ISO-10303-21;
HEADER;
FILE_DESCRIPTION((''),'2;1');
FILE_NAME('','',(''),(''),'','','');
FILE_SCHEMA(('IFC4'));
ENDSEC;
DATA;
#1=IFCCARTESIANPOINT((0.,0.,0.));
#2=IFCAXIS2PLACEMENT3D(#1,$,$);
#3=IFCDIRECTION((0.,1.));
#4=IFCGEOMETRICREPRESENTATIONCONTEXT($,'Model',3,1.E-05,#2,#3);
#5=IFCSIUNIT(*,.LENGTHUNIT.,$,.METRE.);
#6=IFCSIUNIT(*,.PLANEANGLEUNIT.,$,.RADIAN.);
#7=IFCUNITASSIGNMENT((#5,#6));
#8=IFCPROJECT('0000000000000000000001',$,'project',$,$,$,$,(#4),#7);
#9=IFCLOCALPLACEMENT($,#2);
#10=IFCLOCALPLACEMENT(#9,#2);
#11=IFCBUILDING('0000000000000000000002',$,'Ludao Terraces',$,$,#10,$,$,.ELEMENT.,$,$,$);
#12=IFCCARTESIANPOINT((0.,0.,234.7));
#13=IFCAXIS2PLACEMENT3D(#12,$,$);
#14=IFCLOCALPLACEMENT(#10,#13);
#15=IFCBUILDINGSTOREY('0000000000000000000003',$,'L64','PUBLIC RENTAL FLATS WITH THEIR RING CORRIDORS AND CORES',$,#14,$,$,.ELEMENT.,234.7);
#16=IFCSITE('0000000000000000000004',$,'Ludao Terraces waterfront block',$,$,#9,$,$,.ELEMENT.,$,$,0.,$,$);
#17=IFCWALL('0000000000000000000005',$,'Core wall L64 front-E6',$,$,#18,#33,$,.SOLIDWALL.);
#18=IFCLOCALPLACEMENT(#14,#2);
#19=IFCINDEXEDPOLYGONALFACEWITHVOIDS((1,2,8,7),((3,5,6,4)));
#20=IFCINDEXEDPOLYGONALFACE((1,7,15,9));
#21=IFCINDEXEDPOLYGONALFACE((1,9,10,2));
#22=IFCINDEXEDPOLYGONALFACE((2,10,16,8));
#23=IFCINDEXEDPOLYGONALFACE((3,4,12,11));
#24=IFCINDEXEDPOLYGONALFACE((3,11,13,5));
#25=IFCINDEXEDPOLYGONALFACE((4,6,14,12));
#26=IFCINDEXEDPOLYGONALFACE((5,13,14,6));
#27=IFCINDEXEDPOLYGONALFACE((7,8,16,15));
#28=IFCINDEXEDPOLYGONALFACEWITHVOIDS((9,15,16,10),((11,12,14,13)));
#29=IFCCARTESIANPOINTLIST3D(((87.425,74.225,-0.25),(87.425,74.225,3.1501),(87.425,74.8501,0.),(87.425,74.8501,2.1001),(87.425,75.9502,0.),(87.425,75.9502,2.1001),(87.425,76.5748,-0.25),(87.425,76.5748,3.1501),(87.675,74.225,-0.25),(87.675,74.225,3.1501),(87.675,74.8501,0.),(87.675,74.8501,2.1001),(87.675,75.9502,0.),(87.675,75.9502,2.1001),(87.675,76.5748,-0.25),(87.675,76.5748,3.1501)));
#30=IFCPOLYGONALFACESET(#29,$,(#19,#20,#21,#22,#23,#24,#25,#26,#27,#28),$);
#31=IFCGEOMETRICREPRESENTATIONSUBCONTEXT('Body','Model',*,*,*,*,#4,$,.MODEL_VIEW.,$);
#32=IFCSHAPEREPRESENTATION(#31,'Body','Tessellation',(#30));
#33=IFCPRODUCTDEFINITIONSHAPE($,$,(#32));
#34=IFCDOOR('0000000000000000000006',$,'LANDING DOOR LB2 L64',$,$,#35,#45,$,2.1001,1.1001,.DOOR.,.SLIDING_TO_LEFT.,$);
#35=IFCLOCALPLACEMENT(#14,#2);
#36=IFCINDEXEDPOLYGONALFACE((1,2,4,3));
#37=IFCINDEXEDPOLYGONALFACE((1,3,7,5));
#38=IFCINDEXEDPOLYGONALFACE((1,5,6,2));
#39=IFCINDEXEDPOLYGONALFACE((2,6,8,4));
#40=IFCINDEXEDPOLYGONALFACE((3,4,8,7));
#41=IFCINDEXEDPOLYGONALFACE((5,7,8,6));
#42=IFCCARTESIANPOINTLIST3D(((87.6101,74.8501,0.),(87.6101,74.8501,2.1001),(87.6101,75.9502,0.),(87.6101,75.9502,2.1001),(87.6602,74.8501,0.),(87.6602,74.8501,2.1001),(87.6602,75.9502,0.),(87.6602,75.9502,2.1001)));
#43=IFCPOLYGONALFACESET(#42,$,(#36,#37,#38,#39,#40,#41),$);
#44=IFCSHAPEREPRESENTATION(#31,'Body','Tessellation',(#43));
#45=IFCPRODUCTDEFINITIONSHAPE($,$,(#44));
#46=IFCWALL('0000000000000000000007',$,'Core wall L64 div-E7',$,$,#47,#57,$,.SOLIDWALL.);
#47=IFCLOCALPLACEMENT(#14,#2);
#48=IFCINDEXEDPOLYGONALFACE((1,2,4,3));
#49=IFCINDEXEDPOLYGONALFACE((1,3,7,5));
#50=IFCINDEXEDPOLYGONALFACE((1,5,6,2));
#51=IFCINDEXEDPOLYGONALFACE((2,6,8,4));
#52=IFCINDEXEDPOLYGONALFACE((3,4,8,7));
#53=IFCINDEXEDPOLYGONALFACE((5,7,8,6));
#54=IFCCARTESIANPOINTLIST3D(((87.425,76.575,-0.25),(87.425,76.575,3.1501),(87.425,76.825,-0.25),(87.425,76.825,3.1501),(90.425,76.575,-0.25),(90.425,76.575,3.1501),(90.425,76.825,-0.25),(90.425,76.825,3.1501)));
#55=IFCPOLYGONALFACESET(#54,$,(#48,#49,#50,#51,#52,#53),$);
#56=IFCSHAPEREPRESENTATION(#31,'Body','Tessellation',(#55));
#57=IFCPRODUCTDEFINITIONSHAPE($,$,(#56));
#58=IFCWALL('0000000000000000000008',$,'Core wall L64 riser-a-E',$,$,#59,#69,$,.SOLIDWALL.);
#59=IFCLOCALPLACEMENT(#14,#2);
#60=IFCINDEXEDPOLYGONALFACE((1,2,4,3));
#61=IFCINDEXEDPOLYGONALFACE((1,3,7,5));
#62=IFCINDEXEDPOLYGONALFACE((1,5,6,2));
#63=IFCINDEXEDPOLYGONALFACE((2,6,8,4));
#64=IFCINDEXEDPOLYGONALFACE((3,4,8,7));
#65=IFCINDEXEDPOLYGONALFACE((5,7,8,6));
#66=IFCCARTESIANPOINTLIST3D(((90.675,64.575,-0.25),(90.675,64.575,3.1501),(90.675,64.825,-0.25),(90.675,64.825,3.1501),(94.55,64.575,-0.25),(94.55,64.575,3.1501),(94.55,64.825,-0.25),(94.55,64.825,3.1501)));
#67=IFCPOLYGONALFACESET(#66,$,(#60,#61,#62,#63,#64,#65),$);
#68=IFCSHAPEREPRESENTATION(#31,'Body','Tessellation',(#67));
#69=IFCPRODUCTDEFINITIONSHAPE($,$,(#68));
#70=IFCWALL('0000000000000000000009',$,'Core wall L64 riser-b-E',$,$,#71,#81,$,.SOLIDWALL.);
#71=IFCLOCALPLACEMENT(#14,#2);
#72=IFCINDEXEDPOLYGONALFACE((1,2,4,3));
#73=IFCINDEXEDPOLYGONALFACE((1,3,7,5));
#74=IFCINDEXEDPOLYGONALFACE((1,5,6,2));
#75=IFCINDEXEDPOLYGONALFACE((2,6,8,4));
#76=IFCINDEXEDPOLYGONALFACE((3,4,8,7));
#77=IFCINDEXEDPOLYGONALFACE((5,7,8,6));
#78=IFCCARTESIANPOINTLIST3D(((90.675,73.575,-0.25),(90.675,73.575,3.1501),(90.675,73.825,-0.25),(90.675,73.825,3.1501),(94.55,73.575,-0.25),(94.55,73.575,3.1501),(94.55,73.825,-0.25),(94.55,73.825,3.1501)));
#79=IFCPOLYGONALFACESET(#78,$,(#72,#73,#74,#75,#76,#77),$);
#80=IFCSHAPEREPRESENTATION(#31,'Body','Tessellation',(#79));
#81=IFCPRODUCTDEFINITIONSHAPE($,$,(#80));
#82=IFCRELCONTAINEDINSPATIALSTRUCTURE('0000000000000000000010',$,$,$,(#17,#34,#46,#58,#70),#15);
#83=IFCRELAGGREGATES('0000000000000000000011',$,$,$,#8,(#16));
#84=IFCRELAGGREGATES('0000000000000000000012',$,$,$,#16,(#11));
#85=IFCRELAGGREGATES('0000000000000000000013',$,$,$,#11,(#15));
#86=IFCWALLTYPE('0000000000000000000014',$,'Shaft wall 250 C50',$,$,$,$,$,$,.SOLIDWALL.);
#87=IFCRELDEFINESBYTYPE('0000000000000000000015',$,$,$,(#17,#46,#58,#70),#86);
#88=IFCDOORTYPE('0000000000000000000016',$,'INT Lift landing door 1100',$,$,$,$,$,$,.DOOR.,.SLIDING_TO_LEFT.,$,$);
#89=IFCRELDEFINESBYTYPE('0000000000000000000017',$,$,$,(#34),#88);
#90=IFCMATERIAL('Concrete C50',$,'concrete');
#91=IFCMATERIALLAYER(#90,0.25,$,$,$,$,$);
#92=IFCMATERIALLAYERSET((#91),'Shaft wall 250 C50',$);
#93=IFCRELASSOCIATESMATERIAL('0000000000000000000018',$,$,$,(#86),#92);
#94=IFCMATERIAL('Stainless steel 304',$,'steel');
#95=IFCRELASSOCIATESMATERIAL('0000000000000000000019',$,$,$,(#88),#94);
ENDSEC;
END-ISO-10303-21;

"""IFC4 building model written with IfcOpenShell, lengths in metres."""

from ifc_helpers import new_model, si_unit, direction, frame, frame_2d, origin, place, context, subcontext, project, spatial, rectangle, extrude, material, layer, layer_set, type_object, element, fill, save


model = new_model("IFC4")

# Units and contexts
model_context = context("Model", 3, precision=1e-05, world=origin(), true_north=direction((0.0, 1.0)))
body_context = subcontext(model_context, "Body", "Model", "MODEL_VIEW")
ifc_project = project(units=[si_unit("LENGTHUNIT", "METRE"), si_unit("PLANEANGLEUNIT", "RADIAN")], contexts=[model_context])

# Site, building, storey
site_placement = place(None, origin())
site = spatial("IfcSite", under=ifc_project, at=site_placement, Name="Ludao Terraces waterfront block", CompositionType="ELEMENT", RefElevation=0.0)
building_placement = place(site_placement, origin())
building = spatial("IfcBuilding", under=site, at=building_placement, Name="Ludao Terraces", CompositionType="ELEMENT")
storey_placement = place(building_placement, frame((0.0, 0.0, 234.7)))
storey = spatial("IfcBuildingStorey", under=building, at=storey_placement, Name="L64", Description="PUBLIC RENTAL FLATS WITH THEIR RING CORRIDORS AND CORES", CompositionType="ELEMENT", Elevation=234.7)

# Shared definitions
ifc_material_1 = material(Name="Concrete C50", Category="concrete")
ifc_layer_1 = layer(ifc_material_1, 0.25)
ifc_layer_set_1 = layer_set([ifc_layer_1], Name="Shaft wall 250 C50")
wall_type_1 = type_object("IfcWallType", Name="Shaft wall 250 C50", PredefinedType="SOLIDWALL", material=ifc_layer_set_1)

# Shared definitions
ifc_material_2 = material(Name="Stainless steel 304", Category="steel")
door_type_1 = type_object("IfcDoorType", Name="INT Lift landing door 1100", OperationType="SLIDING_TO_LEFT", PredefinedType="DOOR", material=ifc_material_2)

# Wall, opening, door
wall_1_placement = place(storey_placement, frame((87.55, 74.2251, -0.25), z_axis=(0.0, 0.0, 1.0), x_axis=(0.0, 1.0, 0.0)))
wall_1 = element("IfcWall", 1, at=wall_1_placement, inside=storey, type_object=wall_type_1, Name="Core wall L64 front-E6", PredefinedType="SOLIDWALL", context=body_context, shape_type="SweptSolid", body=[
    extrude(rectangle(XDim=2.3499, YDim=0.25, at=frame_2d((1.1748, 0.0))), origin(), (0.0, 0.0, 1.0), 3.4001),
])
opening_1_placement = place(wall_1_placement, frame((0.625, 0.0, 0.25)))
opening_1 = element("IfcOpeningElement", 2, at=opening_1_placement, cuts=wall_1, PredefinedType="OPENING", context=body_context, shape_type="SweptSolid", body=[
    extrude(rectangle(XDim=1.1001, YDim=2.1001, at=frame_2d((0.55, 1.05))), frame((0.0, 0.135, 0.0), z_axis=(0.0, -1.0, 0.0), x_axis=(1.0, 0.0, 0.0)), (0.0, 0.0, 1.0), 0.27),
])
door_1_placement = place(opening_1_placement, origin())
door_1 = element("IfcDoor", 3, at=door_1_placement, inside=storey, type_object=door_type_1, Name="LANDING DOOR LB2 L64", OperationType="SLIDING_TO_LEFT", OverallHeight=2.1001, OverallWidth=1.1001, PredefinedType="DOOR", context=body_context, shape_type="SweptSolid", body=[
    extrude(rectangle(XDim=1.1001, YDim=2.1001, at=frame_2d((0.55, 1.05))), frame((0.0, -0.0601, 0.0), z_axis=(0.0, -1.0, 0.0), x_axis=(1.0, 0.0, 0.0)), (0.0, 0.0, 1.0), 0.05),
])
fill(opening_1, door_1)

# Walls
wall_2_placement = place(storey_placement, frame((87.425, 76.7, -0.25), z_axis=(0.0, 0.0, 1.0), x_axis=(1.0, 0.0, 0.0)))
element("IfcWall", 4, at=wall_2_placement, inside=storey, type_object=wall_type_1, Name="Core wall L64 div-E7", PredefinedType="SOLIDWALL", context=body_context, shape_type="SweptSolid", body=[
    extrude(rectangle(XDim=3.0, YDim=0.25, at=frame_2d((1.5, 0.0))), origin(), (0.0, 0.0, 1.0), 3.4001),
])
for number, where, z_axis, x_axis, name in (
    (5, (90.675, 64.7, -0.25), (0.0, 0.0, 1.0), (1.0, 0.0, 0.0), "Core wall L64 riser-a-E"),
    (6, (90.675, 73.7, -0.25), (0.0, 0.0, 1.0), (1.0, 0.0, 0.0), "Core wall L64 riser-b-E"),
):
    element("IfcWall", number, at=place(storey_placement, frame(where, z_axis=z_axis, x_axis=x_axis)), inside=storey, type_object=wall_type_1, Name=name, PredefinedType="SOLIDWALL", context=body_context, shape_type="SweptSolid", body=[
        extrude(rectangle(XDim=3.875, YDim=0.25, at=frame_2d((1.9375, 0.0))), origin(), (0.0, 0.0, 1.0), 3.4001),
    ])

save(model, "model.ifc")
